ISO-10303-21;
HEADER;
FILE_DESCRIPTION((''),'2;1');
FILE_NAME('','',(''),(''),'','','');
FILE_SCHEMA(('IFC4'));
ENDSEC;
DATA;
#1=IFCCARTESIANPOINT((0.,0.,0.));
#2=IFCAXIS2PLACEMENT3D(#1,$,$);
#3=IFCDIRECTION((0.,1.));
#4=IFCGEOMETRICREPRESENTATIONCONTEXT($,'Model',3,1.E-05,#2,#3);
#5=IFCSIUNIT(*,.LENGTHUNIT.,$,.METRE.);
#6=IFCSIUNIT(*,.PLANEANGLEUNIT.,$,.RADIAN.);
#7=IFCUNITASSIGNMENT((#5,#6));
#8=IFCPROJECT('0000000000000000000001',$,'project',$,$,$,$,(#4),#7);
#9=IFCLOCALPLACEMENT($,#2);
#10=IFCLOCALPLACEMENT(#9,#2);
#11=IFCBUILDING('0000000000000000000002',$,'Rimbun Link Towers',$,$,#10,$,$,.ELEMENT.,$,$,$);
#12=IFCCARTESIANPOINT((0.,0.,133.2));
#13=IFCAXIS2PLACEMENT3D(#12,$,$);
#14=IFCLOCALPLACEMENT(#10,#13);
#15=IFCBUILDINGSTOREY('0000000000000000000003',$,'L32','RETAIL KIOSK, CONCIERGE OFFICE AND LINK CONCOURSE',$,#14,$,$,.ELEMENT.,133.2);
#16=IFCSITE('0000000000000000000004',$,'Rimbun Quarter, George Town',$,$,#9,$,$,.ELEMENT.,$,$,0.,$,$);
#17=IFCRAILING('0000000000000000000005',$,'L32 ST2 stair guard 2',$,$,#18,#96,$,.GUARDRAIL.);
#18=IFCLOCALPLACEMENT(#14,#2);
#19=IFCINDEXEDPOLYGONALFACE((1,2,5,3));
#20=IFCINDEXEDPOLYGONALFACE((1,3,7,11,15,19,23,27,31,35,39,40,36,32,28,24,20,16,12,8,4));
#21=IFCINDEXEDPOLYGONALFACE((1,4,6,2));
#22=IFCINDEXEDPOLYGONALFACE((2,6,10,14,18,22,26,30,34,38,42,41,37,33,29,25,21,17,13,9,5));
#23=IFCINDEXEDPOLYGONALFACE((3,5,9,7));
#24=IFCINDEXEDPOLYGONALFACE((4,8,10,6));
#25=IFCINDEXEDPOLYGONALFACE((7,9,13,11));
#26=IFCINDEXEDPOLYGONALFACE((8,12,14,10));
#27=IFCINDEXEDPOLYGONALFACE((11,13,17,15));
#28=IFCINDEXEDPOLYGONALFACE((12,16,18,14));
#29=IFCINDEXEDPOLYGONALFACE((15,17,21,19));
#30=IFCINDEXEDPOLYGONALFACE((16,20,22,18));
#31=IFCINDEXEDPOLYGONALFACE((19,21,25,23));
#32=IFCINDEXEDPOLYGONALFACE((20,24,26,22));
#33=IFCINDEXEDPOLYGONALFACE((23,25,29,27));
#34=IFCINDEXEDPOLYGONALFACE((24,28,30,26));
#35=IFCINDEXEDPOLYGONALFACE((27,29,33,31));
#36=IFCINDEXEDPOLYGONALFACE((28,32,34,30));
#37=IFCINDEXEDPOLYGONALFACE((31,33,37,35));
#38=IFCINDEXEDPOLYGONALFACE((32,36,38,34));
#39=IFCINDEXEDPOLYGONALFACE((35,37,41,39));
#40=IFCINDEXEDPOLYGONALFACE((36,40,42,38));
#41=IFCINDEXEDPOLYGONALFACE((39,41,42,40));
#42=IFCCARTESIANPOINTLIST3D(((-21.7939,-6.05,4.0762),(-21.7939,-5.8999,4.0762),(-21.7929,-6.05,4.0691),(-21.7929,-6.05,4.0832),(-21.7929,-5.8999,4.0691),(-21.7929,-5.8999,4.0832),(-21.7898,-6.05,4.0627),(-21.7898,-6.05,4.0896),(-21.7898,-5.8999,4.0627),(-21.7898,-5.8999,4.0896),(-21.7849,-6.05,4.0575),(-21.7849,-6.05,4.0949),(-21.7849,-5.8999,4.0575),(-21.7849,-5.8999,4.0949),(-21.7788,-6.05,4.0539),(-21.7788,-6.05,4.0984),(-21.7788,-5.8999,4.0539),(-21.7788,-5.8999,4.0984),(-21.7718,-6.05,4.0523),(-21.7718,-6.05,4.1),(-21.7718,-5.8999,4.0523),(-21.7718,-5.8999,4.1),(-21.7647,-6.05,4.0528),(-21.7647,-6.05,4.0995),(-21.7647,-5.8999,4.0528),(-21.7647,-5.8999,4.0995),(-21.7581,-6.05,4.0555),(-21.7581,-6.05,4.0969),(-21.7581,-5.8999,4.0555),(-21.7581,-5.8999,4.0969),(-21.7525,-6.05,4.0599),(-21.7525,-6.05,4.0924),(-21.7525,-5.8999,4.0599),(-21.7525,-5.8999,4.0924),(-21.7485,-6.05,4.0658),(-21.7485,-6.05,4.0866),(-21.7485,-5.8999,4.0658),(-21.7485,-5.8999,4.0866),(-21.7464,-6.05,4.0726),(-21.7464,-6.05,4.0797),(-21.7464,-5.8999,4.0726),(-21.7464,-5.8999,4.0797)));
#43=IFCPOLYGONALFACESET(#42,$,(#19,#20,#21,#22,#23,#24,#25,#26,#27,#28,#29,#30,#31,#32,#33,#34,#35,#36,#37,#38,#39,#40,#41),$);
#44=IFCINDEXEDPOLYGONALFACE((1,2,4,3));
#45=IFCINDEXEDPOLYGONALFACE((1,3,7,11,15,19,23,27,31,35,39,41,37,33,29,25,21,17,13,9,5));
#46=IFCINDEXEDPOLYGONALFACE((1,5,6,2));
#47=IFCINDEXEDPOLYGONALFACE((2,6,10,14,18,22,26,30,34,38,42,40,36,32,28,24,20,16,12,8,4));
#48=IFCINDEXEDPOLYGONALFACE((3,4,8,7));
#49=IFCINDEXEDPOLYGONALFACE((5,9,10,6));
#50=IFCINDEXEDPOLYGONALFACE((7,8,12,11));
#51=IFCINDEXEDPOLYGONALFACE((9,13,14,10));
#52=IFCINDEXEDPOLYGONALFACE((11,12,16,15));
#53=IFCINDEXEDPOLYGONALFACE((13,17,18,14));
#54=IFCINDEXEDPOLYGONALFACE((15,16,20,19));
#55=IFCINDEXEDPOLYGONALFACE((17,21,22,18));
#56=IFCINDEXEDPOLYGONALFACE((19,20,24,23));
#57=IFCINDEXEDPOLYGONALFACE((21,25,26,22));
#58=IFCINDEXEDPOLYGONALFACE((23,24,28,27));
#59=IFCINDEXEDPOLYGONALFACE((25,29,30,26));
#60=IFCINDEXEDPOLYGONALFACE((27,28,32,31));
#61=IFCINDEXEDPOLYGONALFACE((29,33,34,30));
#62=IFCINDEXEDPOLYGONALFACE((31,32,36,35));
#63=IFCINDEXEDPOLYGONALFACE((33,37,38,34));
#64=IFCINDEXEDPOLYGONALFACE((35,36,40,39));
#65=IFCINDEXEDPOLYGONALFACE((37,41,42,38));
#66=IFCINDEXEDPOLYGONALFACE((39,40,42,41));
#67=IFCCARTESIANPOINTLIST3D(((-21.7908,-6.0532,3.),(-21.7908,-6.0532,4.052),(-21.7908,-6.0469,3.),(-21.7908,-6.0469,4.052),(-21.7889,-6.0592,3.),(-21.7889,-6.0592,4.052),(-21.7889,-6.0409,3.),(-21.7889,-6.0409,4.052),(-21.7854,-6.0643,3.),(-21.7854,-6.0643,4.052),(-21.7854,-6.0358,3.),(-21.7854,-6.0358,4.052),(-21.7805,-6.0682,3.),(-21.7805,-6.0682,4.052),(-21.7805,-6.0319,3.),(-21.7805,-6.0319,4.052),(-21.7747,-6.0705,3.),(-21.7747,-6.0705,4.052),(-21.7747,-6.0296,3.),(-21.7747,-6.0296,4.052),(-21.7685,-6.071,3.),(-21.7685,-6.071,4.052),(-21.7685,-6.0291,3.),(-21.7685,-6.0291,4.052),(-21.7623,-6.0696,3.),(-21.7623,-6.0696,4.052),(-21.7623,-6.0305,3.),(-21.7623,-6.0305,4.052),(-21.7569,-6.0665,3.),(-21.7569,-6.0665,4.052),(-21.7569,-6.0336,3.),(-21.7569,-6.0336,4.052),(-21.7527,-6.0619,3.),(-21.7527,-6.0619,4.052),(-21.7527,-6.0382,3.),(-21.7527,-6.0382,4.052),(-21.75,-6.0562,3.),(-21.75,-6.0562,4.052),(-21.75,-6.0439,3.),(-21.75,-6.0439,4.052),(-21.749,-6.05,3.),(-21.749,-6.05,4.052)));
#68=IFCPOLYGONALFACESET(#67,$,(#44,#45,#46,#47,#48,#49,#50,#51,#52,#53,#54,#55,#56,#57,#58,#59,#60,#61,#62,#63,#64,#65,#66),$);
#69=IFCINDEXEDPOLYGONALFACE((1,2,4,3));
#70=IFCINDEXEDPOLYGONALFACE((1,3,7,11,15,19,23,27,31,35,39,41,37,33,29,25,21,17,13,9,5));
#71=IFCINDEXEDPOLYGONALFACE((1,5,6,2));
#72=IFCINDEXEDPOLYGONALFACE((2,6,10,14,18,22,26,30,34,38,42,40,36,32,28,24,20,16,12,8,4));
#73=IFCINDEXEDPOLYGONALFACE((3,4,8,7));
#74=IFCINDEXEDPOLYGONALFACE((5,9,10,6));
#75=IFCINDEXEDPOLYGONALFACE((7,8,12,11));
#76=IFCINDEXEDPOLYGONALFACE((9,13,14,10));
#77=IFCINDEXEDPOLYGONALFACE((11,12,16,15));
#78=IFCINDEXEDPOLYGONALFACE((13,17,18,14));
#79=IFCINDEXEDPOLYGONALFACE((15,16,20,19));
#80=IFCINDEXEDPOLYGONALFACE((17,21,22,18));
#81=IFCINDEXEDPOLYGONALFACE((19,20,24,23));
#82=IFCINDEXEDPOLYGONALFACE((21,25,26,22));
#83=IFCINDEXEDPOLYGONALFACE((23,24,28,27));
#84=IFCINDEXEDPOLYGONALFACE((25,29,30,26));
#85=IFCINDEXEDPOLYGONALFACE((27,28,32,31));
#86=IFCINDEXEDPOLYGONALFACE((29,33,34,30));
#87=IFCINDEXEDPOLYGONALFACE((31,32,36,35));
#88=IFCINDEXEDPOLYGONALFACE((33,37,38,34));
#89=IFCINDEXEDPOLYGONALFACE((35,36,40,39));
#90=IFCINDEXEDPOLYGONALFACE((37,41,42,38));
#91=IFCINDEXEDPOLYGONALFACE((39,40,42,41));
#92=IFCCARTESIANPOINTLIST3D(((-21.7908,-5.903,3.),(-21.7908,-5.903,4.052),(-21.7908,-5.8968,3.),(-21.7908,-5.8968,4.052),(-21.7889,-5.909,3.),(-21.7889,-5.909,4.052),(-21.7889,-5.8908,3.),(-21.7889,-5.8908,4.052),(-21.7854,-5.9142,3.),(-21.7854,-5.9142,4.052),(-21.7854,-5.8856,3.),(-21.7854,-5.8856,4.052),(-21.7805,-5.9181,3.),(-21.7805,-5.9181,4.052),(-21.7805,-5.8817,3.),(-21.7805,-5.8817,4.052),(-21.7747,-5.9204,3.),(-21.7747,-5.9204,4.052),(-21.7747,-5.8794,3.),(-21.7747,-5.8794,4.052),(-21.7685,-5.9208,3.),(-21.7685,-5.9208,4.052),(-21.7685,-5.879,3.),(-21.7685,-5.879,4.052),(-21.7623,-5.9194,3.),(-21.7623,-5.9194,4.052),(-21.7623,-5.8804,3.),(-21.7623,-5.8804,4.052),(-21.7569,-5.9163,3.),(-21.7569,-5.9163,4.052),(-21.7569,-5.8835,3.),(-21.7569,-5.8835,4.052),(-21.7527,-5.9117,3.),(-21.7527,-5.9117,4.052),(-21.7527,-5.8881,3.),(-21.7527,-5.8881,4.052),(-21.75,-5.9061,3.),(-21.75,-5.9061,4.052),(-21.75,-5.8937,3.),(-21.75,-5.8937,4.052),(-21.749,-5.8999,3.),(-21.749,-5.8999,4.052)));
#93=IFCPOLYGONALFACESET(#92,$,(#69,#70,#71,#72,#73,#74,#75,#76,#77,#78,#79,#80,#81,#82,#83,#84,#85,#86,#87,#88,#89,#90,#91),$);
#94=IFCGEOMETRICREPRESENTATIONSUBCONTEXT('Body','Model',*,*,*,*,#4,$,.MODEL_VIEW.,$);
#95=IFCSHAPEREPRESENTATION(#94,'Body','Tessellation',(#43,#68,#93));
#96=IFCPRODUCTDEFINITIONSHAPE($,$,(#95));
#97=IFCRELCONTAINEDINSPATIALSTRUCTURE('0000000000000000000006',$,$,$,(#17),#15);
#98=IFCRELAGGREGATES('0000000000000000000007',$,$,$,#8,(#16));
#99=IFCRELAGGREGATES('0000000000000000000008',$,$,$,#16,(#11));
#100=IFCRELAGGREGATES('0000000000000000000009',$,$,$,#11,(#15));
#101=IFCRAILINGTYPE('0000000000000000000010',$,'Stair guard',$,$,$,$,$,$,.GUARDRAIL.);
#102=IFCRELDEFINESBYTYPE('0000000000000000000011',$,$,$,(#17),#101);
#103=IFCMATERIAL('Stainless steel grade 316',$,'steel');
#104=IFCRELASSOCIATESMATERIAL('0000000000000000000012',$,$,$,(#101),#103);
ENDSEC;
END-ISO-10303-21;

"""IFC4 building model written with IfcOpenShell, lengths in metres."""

from ifc_helpers import new_model, si_unit, direction, frame, origin, origin_2d, place, context, subcontext, project, spatial, circle, extrude, material, type_object, element, save


model = new_model("IFC4")

# Units and contexts
model_context = context("Model", 3, precision=1e-05, world=origin(), true_north=direction((0.0, 1.0)))
body_context = subcontext(model_context, "Body", "Model", "MODEL_VIEW")
ifc_project = project(units=[si_unit("LENGTHUNIT", "METRE"), si_unit("PLANEANGLEUNIT", "RADIAN")], contexts=[model_context])

# Site, building, storey
site_placement = place(None, origin())
site = spatial("IfcSite", under=ifc_project, at=site_placement, Name="Rimbun Quarter, George Town", CompositionType="ELEMENT", RefElevation=0.0)
building_placement = place(site_placement, origin())
building = spatial("IfcBuilding", under=site, at=building_placement, Name="Rimbun Link Towers", CompositionType="ELEMENT")
storey_placement = place(building_placement, frame((0.0, 0.0, 133.2)))
storey = spatial("IfcBuildingStorey", under=building, at=storey_placement, Name="L32", Description="RETAIL KIOSK, CONCIERGE OFFICE AND LINK CONCOURSE", CompositionType="ELEMENT", Elevation=133.2)

# Railing
ifc_material_1 = material(Name="Stainless steel grade 316", Category="steel")
railing_type_1 = type_object("IfcRailingType", Name="Stair guard", PredefinedType="GUARDRAIL", material=ifc_material_1)
railing_1_placement = place(storey_placement, frame((-21.77, -6.05, 3.0)))
element("IfcRailing", 1, at=railing_1_placement, inside=storey, type_object=railing_type_1, Name="L32 ST2 stair guard 2", PredefinedType="GUARDRAIL", context=body_context, shape_type="SweptSolid", body=[
    extrude(circle(Radius=0.0239, at=origin_2d()), frame((0.0, 0.0, 1.0762), z_axis=(0.0, 1.0, 0.0), x_axis=(-1.0, 0.0, 0.0)), (0.0, 0.0, 1.0), 0.1501),
    extrude(circle(Radius=0.021, at=origin_2d()), origin(), (0.0, 0.0, 1.0), 1.052),
    extrude(circle(Radius=0.021, at=origin_2d()), frame((0.0, 0.1501, 0.0)), (0.0, 0.0, 1.0), 1.052),
])

save(model, "model.ifc")
